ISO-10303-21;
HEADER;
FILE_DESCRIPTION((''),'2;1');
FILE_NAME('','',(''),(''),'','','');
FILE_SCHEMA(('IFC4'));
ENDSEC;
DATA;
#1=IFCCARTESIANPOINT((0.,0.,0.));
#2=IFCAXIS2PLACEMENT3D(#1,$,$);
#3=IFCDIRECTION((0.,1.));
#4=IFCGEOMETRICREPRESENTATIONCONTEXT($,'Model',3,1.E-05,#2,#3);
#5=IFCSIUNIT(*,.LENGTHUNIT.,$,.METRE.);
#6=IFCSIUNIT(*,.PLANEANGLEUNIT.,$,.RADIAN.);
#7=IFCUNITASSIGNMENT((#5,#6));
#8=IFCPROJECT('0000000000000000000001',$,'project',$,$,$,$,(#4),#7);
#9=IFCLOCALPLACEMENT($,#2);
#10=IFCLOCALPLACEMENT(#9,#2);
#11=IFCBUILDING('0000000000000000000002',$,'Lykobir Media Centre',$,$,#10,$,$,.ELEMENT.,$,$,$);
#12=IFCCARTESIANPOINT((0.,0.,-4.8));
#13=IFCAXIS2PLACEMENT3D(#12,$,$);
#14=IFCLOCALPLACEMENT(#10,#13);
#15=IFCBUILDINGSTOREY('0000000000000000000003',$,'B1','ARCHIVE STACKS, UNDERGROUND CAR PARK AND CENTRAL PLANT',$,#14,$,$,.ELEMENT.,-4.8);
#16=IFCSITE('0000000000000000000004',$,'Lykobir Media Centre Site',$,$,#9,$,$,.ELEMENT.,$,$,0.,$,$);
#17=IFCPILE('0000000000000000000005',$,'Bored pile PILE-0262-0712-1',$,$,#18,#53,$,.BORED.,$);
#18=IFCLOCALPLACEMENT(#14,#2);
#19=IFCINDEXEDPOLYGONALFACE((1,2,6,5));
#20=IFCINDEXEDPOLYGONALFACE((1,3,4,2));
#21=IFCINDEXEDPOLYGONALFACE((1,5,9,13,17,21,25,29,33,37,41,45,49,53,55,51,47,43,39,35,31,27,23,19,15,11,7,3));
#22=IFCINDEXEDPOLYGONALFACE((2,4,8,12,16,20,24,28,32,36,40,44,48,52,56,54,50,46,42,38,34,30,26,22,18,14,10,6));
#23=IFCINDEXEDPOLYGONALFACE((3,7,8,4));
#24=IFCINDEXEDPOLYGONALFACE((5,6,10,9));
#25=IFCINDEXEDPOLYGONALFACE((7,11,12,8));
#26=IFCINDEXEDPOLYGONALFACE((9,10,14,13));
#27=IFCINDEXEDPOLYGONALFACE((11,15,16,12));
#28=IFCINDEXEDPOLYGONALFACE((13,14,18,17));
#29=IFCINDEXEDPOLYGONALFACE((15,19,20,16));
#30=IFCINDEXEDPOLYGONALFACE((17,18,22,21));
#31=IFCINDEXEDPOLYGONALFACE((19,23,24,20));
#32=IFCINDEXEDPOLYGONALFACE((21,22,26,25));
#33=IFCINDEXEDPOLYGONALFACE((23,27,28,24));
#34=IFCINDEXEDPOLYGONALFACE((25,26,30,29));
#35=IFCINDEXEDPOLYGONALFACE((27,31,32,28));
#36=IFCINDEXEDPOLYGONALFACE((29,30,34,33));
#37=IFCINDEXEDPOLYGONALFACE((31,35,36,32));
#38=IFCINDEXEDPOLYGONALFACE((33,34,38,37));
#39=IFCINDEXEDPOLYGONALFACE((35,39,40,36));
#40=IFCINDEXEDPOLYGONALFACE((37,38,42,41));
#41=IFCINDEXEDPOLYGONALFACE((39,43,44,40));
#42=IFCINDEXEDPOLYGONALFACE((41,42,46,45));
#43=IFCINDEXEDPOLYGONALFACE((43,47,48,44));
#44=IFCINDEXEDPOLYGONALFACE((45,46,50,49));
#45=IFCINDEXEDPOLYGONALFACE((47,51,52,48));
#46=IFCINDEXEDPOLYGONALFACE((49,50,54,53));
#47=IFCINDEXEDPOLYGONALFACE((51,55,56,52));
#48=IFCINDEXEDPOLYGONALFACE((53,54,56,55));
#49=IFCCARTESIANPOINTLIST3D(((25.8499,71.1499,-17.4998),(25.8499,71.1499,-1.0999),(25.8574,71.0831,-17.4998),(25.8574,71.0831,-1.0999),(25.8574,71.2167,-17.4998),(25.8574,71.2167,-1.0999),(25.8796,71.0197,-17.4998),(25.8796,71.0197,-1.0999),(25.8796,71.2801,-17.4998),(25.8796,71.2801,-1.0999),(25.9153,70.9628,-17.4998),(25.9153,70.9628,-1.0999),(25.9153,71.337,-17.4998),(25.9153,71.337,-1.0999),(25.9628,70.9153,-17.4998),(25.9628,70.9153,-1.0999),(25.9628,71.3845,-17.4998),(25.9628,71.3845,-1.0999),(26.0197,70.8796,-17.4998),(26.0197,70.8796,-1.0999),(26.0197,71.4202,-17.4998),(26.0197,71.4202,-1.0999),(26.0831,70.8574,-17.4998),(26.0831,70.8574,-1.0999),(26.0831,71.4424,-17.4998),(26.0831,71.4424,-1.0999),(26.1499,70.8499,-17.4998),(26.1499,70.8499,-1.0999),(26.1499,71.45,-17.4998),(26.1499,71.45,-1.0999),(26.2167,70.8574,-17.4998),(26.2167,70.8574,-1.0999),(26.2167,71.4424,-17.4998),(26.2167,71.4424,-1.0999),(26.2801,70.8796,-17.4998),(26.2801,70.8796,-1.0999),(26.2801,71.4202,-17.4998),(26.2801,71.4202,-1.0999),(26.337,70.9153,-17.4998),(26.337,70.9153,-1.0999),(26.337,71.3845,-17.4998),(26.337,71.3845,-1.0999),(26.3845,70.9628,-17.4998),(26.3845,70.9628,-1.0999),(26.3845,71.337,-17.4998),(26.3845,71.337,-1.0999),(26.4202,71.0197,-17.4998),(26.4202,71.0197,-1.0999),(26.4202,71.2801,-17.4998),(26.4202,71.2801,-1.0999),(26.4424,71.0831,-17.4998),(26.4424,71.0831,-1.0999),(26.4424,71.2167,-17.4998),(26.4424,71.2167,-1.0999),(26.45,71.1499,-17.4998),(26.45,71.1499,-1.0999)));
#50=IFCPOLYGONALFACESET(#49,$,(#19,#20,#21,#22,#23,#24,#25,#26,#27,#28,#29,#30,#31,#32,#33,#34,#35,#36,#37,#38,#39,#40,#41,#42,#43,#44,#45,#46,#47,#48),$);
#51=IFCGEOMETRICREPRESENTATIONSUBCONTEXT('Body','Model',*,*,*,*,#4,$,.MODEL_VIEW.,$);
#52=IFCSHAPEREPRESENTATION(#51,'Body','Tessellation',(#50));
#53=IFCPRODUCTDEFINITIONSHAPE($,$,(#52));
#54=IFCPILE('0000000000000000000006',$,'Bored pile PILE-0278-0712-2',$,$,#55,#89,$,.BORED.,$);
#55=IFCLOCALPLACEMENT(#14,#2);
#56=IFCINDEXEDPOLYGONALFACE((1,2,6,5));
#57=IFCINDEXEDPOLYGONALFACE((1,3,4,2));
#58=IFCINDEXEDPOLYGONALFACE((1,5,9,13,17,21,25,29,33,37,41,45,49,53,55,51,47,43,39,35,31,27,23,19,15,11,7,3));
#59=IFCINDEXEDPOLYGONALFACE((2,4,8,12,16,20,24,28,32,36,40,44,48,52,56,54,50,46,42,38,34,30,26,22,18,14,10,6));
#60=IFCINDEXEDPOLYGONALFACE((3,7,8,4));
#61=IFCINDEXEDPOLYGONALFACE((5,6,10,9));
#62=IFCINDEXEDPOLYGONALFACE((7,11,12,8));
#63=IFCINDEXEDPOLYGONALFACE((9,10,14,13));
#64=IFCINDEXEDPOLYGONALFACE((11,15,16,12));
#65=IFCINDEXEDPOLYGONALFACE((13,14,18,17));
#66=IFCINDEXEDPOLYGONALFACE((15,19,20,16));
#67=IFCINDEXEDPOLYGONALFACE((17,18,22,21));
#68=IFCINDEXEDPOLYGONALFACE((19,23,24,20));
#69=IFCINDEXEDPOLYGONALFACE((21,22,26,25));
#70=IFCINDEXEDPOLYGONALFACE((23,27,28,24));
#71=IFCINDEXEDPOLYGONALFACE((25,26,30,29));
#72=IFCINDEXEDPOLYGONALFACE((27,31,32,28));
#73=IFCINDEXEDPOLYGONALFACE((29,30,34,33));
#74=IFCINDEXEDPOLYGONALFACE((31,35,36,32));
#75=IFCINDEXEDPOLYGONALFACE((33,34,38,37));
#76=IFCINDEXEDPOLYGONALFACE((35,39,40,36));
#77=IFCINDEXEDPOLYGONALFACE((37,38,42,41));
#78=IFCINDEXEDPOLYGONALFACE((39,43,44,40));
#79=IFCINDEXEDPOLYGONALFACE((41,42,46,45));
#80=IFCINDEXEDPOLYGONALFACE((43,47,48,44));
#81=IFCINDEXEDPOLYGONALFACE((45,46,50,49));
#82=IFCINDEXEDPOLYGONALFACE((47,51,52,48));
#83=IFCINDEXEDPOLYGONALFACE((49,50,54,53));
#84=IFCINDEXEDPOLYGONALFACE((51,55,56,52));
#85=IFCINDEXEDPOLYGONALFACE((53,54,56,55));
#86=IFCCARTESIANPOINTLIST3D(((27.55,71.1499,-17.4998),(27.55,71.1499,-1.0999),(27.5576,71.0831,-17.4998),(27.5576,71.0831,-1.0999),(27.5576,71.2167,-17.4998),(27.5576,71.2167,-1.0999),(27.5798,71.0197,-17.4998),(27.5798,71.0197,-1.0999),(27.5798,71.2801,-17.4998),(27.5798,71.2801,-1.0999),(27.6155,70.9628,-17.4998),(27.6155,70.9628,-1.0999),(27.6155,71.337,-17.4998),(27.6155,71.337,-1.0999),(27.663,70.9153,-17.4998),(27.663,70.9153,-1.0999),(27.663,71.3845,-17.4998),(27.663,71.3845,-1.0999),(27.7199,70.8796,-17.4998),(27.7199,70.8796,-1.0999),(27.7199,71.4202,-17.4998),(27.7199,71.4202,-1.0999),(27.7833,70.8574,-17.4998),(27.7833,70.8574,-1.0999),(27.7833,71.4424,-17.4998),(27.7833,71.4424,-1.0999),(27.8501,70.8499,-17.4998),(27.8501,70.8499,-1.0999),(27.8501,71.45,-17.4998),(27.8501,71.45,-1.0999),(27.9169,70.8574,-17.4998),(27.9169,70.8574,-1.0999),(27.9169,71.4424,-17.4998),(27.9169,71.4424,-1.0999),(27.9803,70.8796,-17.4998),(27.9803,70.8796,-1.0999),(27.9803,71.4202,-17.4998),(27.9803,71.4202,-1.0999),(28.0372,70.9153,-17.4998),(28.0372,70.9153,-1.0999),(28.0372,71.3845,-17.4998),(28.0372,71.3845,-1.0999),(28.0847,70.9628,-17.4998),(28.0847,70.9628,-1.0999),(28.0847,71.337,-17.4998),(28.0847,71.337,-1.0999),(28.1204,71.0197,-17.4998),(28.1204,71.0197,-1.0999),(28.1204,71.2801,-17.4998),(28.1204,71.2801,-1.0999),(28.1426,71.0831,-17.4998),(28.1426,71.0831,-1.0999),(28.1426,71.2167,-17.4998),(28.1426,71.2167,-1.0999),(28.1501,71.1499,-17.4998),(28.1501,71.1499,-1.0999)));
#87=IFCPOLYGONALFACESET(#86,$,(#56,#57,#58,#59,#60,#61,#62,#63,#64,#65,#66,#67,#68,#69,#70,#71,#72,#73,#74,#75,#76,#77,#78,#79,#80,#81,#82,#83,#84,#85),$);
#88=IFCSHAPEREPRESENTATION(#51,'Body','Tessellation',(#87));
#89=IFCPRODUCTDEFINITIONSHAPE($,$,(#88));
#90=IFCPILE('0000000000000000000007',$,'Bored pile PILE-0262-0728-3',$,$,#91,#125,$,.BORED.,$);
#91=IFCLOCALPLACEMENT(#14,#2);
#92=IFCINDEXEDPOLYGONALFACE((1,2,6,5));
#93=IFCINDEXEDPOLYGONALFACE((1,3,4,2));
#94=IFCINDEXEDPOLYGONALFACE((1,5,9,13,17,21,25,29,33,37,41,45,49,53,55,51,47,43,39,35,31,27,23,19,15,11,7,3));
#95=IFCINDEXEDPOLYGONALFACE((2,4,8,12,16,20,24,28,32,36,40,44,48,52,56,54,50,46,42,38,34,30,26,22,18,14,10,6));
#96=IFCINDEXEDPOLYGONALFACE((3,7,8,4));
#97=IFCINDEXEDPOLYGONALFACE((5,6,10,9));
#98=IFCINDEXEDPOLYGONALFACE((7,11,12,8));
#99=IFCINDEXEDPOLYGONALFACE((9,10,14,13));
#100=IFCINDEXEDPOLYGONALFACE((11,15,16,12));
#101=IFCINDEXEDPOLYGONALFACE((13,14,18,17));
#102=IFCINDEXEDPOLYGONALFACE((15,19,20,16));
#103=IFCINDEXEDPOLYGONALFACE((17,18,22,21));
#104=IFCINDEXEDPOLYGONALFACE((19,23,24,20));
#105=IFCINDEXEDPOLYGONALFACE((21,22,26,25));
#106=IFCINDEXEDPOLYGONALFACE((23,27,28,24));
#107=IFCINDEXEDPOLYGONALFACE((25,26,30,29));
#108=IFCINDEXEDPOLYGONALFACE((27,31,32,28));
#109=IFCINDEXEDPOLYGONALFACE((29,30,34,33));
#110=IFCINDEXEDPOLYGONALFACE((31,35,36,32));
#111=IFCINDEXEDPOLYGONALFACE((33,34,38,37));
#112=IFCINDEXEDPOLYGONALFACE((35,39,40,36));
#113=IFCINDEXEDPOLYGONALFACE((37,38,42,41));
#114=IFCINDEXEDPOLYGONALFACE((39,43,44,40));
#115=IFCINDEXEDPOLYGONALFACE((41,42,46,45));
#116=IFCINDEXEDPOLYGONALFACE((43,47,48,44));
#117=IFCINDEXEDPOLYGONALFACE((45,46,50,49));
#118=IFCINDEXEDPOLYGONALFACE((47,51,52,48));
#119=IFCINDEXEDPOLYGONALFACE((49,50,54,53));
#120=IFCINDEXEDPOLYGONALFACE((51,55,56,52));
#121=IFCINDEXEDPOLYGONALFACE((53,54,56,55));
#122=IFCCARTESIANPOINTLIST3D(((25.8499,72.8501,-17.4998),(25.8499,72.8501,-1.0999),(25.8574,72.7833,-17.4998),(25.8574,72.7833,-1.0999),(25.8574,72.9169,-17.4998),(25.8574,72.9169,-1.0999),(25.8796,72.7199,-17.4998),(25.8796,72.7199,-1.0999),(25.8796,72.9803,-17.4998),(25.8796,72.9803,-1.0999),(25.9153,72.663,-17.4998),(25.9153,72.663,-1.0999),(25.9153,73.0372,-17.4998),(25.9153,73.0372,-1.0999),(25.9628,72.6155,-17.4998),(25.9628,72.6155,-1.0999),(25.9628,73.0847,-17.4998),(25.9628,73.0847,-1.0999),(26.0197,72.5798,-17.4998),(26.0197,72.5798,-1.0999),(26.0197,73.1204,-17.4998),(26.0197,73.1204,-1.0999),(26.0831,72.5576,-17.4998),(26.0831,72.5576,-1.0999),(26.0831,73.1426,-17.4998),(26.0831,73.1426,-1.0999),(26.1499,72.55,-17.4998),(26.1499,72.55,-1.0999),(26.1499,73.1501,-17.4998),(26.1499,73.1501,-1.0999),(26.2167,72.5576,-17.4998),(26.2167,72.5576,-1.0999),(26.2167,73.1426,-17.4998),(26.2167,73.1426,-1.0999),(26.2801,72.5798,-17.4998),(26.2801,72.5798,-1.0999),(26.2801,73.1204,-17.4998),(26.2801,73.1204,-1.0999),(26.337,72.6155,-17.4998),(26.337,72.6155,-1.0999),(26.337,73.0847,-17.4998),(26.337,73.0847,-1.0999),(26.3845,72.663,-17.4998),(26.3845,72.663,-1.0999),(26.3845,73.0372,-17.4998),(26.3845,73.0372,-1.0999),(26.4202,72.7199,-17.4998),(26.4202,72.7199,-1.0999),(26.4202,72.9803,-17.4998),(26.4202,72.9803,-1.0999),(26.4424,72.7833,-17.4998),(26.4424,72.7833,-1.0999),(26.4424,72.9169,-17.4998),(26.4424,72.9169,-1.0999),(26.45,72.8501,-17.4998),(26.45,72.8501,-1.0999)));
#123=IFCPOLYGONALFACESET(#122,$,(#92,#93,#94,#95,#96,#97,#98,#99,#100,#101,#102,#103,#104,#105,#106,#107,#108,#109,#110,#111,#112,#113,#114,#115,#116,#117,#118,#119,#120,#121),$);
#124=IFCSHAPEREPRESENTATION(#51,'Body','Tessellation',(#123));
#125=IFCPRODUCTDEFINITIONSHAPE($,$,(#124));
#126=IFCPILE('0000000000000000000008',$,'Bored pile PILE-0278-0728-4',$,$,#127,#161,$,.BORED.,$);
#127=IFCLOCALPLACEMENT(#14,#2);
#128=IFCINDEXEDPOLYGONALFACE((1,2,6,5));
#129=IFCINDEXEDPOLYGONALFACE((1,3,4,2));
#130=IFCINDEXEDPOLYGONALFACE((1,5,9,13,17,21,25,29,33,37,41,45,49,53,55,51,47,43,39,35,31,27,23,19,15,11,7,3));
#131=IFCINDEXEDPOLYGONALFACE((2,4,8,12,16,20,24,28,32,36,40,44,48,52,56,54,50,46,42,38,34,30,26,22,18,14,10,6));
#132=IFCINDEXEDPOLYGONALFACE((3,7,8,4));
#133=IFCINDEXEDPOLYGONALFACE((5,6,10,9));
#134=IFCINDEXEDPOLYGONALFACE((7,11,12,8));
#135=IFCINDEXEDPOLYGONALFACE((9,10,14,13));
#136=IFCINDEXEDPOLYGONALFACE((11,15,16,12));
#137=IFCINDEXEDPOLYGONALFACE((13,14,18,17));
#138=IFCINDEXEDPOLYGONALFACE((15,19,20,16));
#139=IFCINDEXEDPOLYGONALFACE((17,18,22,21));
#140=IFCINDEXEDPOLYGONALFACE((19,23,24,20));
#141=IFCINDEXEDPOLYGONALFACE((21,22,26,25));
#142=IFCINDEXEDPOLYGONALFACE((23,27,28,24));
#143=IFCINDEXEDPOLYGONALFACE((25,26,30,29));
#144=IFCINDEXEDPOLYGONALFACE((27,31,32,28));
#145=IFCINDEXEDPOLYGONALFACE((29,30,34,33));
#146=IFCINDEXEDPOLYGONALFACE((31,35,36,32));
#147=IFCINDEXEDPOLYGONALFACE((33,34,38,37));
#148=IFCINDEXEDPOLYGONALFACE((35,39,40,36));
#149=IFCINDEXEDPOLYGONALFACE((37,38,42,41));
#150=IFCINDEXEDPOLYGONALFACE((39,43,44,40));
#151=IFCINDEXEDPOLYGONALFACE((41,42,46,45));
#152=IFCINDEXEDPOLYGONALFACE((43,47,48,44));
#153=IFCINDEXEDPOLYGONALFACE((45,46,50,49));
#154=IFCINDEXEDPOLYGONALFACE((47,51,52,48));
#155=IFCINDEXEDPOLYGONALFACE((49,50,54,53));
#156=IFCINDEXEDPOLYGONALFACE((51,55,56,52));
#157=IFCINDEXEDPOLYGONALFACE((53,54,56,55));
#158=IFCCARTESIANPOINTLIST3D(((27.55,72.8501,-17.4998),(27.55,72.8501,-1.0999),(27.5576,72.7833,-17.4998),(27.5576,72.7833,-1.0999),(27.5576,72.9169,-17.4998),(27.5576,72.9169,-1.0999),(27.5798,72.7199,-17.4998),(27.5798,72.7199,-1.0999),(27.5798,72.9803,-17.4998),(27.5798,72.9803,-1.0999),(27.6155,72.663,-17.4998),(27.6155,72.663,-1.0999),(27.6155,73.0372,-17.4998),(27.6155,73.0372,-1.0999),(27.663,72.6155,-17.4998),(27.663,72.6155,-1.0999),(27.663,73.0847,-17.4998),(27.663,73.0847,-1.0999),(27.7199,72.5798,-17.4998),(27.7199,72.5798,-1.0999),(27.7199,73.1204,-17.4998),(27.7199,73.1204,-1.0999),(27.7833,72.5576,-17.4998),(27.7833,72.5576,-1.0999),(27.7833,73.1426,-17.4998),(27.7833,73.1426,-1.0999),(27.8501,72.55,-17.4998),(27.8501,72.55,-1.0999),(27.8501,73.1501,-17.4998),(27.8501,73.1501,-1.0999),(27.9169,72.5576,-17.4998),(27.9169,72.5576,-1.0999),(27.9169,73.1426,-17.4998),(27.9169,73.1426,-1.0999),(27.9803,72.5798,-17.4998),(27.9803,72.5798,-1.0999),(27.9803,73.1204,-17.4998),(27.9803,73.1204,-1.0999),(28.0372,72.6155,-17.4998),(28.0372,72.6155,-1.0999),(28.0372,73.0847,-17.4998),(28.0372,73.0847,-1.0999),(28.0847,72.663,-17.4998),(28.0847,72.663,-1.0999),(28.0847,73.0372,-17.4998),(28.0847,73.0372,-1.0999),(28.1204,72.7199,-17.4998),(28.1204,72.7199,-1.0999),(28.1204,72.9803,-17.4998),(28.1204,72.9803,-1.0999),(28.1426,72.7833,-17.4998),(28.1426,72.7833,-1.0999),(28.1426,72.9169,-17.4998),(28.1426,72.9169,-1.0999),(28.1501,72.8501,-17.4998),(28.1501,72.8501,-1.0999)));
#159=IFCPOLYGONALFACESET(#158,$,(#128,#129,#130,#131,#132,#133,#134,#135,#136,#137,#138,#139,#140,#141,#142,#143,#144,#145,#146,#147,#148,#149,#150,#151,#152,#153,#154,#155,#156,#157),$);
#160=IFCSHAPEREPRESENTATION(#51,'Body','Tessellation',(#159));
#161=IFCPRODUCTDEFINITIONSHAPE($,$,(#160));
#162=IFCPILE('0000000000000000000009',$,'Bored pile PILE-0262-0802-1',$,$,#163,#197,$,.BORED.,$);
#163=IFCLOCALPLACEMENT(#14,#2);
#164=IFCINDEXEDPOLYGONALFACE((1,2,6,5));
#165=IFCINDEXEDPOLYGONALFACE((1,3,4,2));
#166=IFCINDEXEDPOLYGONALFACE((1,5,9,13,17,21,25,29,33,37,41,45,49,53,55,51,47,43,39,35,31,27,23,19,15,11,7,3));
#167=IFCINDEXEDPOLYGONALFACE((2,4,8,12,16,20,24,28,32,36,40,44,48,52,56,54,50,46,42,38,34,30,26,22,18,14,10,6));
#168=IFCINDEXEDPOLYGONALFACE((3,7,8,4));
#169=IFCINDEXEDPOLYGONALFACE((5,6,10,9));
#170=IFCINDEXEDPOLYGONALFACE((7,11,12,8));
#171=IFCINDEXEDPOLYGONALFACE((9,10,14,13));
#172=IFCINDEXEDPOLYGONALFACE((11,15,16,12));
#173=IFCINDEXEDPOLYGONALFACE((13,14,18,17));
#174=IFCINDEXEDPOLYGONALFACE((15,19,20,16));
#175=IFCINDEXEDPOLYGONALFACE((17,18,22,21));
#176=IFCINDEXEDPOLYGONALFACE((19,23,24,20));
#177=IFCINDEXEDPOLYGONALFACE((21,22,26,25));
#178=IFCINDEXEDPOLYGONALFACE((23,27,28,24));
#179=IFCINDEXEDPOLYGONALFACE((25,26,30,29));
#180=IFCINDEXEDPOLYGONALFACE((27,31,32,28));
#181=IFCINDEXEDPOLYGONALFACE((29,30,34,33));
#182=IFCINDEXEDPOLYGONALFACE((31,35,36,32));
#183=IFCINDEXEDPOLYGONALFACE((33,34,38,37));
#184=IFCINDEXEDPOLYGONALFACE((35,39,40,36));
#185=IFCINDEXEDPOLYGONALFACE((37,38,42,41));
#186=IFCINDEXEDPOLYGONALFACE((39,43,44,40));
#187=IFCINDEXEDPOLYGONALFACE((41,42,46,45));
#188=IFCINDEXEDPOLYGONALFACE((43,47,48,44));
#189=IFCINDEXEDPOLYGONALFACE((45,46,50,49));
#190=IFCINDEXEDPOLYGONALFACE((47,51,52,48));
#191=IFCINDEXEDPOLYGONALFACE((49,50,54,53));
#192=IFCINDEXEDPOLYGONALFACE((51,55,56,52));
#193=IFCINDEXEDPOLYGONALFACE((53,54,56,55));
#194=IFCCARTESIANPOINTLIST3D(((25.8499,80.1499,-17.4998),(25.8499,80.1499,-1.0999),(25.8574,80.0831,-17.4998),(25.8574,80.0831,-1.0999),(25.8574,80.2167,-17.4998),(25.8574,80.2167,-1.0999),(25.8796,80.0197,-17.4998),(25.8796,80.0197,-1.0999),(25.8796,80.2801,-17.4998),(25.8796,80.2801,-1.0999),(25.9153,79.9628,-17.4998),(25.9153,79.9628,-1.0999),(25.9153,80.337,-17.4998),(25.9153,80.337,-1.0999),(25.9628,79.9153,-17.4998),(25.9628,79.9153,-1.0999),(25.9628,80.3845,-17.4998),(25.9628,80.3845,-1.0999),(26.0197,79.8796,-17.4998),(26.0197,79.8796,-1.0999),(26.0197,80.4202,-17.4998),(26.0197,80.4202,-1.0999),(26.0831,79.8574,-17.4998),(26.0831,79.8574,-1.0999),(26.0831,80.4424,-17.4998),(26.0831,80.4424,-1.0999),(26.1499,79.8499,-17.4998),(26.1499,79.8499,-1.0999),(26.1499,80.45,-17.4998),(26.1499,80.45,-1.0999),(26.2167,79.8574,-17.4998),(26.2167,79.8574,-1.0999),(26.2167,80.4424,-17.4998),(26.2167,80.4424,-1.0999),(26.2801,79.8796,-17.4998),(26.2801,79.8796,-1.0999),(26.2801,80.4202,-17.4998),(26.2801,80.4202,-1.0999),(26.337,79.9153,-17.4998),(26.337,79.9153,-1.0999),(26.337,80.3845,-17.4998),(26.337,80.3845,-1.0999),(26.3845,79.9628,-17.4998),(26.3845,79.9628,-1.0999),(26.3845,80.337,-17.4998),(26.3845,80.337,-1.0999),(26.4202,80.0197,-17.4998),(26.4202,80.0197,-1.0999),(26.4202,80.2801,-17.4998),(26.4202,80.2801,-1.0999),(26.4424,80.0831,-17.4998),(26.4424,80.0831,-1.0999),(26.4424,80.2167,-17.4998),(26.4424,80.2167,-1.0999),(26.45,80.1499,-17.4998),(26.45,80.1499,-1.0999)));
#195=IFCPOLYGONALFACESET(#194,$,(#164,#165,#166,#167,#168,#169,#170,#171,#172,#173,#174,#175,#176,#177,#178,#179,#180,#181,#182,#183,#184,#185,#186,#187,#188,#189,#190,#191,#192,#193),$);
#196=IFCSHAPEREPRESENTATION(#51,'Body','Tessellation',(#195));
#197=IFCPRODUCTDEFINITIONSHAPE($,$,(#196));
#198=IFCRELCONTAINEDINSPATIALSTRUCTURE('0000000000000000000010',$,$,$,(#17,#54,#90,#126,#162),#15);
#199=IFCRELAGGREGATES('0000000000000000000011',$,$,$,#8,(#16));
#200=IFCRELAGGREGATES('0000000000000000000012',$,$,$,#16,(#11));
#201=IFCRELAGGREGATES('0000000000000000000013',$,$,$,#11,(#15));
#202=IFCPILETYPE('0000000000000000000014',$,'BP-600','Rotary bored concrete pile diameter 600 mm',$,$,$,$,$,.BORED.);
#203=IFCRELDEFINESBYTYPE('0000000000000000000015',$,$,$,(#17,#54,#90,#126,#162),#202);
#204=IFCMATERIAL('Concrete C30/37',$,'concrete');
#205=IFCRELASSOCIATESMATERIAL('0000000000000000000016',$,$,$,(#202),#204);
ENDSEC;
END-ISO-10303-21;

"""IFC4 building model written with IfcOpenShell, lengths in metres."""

from ifc_helpers import new_model, si_unit, direction, frame, origin, origin_2d, place, context, subcontext, project, spatial, circle, extrude, material, material_profile, profile_set, type_object, element, save


model = new_model("IFC4")

# Units and contexts
model_context = context("Model", 3, precision=1e-05, world=origin(), true_north=direction((0.0, 1.0)))
body_context = subcontext(model_context, "Body", "Model", "MODEL_VIEW")
ifc_project = project(units=[si_unit("LENGTHUNIT", "METRE"), si_unit("PLANEANGLEUNIT", "RADIAN")], contexts=[model_context])

# Site, building, storey
site_placement = place(None, origin())
site = spatial("IfcSite", under=ifc_project, at=site_placement, Name="Lykobir Media Centre Site", CompositionType="ELEMENT", RefElevation=0.0)
building_placement = place(site_placement, origin())
building = spatial("IfcBuilding", under=site, at=building_placement, Name="Lykobir Media Centre", CompositionType="ELEMENT")
storey_placement = place(building_placement, frame((0.0, 0.0, -4.8)))
storey = spatial("IfcBuildingStorey", under=building, at=storey_placement, Name="B1", Description="ARCHIVE STACKS, UNDERGROUND CAR PARK AND CENTRAL PLANT", CompositionType="ELEMENT", Elevation=-4.8)

# Piles
ifc_material_1 = material(Name="Concrete C30/37", Category="concrete")
ifc_material_profile_1 = material_profile(ifc_material_1, circle(Radius=0.3, at=origin_2d()), Name="BORED PILE D600")
ifc_profile_set_1 = profile_set([ifc_material_profile_1], Name="Concrete C30/37")
pile_type = type_object("IfcPileType", Name="BP-600", Description="Rotary bored concrete pile diameter 600 mm", PredefinedType="BORED", material=ifc_profile_set_1)
for number, where, z_axis, x_axis, name in (
    (1, (26.1499, 71.1499, -1.0999), (0.0, 0.0, -1.0), (1.0, 0.0, 0.0), "Bored pile PILE-0262-0712-1"),
    (2, (27.8501, 71.1499, -1.0999), (0.0, 0.0, -1.0), (1.0, 0.0, 0.0), "Bored pile PILE-0278-0712-2"),
    (3, (26.1499, 72.8501, -1.0999), (0.0, 0.0, -1.0), (1.0, 0.0, 0.0), "Bored pile PILE-0262-0728-3"),
    (4, (27.8501, 72.8501, -1.0999), (0.0, 0.0, -1.0), (1.0, 0.0, 0.0), "Bored pile PILE-0278-0728-4"),
    (5, (26.1499, 80.1499, -1.0999), (0.0, 0.0, -1.0), (1.0, 0.0, 0.0), "Bored pile PILE-0262-0802-1"),
):
    element("IfcPile", number, at=place(storey_placement, frame(where, z_axis=z_axis, x_axis=x_axis)), inside=storey, type_object=pile_type, Name=name, PredefinedType="BORED", context=body_context, shape_type="SweptSolid", body=[
        extrude(circle(Radius=0.3, at=origin_2d()), origin(), (0.0, 0.0, 1.0), 16.3999),
    ])

save(model, "model.ifc")
